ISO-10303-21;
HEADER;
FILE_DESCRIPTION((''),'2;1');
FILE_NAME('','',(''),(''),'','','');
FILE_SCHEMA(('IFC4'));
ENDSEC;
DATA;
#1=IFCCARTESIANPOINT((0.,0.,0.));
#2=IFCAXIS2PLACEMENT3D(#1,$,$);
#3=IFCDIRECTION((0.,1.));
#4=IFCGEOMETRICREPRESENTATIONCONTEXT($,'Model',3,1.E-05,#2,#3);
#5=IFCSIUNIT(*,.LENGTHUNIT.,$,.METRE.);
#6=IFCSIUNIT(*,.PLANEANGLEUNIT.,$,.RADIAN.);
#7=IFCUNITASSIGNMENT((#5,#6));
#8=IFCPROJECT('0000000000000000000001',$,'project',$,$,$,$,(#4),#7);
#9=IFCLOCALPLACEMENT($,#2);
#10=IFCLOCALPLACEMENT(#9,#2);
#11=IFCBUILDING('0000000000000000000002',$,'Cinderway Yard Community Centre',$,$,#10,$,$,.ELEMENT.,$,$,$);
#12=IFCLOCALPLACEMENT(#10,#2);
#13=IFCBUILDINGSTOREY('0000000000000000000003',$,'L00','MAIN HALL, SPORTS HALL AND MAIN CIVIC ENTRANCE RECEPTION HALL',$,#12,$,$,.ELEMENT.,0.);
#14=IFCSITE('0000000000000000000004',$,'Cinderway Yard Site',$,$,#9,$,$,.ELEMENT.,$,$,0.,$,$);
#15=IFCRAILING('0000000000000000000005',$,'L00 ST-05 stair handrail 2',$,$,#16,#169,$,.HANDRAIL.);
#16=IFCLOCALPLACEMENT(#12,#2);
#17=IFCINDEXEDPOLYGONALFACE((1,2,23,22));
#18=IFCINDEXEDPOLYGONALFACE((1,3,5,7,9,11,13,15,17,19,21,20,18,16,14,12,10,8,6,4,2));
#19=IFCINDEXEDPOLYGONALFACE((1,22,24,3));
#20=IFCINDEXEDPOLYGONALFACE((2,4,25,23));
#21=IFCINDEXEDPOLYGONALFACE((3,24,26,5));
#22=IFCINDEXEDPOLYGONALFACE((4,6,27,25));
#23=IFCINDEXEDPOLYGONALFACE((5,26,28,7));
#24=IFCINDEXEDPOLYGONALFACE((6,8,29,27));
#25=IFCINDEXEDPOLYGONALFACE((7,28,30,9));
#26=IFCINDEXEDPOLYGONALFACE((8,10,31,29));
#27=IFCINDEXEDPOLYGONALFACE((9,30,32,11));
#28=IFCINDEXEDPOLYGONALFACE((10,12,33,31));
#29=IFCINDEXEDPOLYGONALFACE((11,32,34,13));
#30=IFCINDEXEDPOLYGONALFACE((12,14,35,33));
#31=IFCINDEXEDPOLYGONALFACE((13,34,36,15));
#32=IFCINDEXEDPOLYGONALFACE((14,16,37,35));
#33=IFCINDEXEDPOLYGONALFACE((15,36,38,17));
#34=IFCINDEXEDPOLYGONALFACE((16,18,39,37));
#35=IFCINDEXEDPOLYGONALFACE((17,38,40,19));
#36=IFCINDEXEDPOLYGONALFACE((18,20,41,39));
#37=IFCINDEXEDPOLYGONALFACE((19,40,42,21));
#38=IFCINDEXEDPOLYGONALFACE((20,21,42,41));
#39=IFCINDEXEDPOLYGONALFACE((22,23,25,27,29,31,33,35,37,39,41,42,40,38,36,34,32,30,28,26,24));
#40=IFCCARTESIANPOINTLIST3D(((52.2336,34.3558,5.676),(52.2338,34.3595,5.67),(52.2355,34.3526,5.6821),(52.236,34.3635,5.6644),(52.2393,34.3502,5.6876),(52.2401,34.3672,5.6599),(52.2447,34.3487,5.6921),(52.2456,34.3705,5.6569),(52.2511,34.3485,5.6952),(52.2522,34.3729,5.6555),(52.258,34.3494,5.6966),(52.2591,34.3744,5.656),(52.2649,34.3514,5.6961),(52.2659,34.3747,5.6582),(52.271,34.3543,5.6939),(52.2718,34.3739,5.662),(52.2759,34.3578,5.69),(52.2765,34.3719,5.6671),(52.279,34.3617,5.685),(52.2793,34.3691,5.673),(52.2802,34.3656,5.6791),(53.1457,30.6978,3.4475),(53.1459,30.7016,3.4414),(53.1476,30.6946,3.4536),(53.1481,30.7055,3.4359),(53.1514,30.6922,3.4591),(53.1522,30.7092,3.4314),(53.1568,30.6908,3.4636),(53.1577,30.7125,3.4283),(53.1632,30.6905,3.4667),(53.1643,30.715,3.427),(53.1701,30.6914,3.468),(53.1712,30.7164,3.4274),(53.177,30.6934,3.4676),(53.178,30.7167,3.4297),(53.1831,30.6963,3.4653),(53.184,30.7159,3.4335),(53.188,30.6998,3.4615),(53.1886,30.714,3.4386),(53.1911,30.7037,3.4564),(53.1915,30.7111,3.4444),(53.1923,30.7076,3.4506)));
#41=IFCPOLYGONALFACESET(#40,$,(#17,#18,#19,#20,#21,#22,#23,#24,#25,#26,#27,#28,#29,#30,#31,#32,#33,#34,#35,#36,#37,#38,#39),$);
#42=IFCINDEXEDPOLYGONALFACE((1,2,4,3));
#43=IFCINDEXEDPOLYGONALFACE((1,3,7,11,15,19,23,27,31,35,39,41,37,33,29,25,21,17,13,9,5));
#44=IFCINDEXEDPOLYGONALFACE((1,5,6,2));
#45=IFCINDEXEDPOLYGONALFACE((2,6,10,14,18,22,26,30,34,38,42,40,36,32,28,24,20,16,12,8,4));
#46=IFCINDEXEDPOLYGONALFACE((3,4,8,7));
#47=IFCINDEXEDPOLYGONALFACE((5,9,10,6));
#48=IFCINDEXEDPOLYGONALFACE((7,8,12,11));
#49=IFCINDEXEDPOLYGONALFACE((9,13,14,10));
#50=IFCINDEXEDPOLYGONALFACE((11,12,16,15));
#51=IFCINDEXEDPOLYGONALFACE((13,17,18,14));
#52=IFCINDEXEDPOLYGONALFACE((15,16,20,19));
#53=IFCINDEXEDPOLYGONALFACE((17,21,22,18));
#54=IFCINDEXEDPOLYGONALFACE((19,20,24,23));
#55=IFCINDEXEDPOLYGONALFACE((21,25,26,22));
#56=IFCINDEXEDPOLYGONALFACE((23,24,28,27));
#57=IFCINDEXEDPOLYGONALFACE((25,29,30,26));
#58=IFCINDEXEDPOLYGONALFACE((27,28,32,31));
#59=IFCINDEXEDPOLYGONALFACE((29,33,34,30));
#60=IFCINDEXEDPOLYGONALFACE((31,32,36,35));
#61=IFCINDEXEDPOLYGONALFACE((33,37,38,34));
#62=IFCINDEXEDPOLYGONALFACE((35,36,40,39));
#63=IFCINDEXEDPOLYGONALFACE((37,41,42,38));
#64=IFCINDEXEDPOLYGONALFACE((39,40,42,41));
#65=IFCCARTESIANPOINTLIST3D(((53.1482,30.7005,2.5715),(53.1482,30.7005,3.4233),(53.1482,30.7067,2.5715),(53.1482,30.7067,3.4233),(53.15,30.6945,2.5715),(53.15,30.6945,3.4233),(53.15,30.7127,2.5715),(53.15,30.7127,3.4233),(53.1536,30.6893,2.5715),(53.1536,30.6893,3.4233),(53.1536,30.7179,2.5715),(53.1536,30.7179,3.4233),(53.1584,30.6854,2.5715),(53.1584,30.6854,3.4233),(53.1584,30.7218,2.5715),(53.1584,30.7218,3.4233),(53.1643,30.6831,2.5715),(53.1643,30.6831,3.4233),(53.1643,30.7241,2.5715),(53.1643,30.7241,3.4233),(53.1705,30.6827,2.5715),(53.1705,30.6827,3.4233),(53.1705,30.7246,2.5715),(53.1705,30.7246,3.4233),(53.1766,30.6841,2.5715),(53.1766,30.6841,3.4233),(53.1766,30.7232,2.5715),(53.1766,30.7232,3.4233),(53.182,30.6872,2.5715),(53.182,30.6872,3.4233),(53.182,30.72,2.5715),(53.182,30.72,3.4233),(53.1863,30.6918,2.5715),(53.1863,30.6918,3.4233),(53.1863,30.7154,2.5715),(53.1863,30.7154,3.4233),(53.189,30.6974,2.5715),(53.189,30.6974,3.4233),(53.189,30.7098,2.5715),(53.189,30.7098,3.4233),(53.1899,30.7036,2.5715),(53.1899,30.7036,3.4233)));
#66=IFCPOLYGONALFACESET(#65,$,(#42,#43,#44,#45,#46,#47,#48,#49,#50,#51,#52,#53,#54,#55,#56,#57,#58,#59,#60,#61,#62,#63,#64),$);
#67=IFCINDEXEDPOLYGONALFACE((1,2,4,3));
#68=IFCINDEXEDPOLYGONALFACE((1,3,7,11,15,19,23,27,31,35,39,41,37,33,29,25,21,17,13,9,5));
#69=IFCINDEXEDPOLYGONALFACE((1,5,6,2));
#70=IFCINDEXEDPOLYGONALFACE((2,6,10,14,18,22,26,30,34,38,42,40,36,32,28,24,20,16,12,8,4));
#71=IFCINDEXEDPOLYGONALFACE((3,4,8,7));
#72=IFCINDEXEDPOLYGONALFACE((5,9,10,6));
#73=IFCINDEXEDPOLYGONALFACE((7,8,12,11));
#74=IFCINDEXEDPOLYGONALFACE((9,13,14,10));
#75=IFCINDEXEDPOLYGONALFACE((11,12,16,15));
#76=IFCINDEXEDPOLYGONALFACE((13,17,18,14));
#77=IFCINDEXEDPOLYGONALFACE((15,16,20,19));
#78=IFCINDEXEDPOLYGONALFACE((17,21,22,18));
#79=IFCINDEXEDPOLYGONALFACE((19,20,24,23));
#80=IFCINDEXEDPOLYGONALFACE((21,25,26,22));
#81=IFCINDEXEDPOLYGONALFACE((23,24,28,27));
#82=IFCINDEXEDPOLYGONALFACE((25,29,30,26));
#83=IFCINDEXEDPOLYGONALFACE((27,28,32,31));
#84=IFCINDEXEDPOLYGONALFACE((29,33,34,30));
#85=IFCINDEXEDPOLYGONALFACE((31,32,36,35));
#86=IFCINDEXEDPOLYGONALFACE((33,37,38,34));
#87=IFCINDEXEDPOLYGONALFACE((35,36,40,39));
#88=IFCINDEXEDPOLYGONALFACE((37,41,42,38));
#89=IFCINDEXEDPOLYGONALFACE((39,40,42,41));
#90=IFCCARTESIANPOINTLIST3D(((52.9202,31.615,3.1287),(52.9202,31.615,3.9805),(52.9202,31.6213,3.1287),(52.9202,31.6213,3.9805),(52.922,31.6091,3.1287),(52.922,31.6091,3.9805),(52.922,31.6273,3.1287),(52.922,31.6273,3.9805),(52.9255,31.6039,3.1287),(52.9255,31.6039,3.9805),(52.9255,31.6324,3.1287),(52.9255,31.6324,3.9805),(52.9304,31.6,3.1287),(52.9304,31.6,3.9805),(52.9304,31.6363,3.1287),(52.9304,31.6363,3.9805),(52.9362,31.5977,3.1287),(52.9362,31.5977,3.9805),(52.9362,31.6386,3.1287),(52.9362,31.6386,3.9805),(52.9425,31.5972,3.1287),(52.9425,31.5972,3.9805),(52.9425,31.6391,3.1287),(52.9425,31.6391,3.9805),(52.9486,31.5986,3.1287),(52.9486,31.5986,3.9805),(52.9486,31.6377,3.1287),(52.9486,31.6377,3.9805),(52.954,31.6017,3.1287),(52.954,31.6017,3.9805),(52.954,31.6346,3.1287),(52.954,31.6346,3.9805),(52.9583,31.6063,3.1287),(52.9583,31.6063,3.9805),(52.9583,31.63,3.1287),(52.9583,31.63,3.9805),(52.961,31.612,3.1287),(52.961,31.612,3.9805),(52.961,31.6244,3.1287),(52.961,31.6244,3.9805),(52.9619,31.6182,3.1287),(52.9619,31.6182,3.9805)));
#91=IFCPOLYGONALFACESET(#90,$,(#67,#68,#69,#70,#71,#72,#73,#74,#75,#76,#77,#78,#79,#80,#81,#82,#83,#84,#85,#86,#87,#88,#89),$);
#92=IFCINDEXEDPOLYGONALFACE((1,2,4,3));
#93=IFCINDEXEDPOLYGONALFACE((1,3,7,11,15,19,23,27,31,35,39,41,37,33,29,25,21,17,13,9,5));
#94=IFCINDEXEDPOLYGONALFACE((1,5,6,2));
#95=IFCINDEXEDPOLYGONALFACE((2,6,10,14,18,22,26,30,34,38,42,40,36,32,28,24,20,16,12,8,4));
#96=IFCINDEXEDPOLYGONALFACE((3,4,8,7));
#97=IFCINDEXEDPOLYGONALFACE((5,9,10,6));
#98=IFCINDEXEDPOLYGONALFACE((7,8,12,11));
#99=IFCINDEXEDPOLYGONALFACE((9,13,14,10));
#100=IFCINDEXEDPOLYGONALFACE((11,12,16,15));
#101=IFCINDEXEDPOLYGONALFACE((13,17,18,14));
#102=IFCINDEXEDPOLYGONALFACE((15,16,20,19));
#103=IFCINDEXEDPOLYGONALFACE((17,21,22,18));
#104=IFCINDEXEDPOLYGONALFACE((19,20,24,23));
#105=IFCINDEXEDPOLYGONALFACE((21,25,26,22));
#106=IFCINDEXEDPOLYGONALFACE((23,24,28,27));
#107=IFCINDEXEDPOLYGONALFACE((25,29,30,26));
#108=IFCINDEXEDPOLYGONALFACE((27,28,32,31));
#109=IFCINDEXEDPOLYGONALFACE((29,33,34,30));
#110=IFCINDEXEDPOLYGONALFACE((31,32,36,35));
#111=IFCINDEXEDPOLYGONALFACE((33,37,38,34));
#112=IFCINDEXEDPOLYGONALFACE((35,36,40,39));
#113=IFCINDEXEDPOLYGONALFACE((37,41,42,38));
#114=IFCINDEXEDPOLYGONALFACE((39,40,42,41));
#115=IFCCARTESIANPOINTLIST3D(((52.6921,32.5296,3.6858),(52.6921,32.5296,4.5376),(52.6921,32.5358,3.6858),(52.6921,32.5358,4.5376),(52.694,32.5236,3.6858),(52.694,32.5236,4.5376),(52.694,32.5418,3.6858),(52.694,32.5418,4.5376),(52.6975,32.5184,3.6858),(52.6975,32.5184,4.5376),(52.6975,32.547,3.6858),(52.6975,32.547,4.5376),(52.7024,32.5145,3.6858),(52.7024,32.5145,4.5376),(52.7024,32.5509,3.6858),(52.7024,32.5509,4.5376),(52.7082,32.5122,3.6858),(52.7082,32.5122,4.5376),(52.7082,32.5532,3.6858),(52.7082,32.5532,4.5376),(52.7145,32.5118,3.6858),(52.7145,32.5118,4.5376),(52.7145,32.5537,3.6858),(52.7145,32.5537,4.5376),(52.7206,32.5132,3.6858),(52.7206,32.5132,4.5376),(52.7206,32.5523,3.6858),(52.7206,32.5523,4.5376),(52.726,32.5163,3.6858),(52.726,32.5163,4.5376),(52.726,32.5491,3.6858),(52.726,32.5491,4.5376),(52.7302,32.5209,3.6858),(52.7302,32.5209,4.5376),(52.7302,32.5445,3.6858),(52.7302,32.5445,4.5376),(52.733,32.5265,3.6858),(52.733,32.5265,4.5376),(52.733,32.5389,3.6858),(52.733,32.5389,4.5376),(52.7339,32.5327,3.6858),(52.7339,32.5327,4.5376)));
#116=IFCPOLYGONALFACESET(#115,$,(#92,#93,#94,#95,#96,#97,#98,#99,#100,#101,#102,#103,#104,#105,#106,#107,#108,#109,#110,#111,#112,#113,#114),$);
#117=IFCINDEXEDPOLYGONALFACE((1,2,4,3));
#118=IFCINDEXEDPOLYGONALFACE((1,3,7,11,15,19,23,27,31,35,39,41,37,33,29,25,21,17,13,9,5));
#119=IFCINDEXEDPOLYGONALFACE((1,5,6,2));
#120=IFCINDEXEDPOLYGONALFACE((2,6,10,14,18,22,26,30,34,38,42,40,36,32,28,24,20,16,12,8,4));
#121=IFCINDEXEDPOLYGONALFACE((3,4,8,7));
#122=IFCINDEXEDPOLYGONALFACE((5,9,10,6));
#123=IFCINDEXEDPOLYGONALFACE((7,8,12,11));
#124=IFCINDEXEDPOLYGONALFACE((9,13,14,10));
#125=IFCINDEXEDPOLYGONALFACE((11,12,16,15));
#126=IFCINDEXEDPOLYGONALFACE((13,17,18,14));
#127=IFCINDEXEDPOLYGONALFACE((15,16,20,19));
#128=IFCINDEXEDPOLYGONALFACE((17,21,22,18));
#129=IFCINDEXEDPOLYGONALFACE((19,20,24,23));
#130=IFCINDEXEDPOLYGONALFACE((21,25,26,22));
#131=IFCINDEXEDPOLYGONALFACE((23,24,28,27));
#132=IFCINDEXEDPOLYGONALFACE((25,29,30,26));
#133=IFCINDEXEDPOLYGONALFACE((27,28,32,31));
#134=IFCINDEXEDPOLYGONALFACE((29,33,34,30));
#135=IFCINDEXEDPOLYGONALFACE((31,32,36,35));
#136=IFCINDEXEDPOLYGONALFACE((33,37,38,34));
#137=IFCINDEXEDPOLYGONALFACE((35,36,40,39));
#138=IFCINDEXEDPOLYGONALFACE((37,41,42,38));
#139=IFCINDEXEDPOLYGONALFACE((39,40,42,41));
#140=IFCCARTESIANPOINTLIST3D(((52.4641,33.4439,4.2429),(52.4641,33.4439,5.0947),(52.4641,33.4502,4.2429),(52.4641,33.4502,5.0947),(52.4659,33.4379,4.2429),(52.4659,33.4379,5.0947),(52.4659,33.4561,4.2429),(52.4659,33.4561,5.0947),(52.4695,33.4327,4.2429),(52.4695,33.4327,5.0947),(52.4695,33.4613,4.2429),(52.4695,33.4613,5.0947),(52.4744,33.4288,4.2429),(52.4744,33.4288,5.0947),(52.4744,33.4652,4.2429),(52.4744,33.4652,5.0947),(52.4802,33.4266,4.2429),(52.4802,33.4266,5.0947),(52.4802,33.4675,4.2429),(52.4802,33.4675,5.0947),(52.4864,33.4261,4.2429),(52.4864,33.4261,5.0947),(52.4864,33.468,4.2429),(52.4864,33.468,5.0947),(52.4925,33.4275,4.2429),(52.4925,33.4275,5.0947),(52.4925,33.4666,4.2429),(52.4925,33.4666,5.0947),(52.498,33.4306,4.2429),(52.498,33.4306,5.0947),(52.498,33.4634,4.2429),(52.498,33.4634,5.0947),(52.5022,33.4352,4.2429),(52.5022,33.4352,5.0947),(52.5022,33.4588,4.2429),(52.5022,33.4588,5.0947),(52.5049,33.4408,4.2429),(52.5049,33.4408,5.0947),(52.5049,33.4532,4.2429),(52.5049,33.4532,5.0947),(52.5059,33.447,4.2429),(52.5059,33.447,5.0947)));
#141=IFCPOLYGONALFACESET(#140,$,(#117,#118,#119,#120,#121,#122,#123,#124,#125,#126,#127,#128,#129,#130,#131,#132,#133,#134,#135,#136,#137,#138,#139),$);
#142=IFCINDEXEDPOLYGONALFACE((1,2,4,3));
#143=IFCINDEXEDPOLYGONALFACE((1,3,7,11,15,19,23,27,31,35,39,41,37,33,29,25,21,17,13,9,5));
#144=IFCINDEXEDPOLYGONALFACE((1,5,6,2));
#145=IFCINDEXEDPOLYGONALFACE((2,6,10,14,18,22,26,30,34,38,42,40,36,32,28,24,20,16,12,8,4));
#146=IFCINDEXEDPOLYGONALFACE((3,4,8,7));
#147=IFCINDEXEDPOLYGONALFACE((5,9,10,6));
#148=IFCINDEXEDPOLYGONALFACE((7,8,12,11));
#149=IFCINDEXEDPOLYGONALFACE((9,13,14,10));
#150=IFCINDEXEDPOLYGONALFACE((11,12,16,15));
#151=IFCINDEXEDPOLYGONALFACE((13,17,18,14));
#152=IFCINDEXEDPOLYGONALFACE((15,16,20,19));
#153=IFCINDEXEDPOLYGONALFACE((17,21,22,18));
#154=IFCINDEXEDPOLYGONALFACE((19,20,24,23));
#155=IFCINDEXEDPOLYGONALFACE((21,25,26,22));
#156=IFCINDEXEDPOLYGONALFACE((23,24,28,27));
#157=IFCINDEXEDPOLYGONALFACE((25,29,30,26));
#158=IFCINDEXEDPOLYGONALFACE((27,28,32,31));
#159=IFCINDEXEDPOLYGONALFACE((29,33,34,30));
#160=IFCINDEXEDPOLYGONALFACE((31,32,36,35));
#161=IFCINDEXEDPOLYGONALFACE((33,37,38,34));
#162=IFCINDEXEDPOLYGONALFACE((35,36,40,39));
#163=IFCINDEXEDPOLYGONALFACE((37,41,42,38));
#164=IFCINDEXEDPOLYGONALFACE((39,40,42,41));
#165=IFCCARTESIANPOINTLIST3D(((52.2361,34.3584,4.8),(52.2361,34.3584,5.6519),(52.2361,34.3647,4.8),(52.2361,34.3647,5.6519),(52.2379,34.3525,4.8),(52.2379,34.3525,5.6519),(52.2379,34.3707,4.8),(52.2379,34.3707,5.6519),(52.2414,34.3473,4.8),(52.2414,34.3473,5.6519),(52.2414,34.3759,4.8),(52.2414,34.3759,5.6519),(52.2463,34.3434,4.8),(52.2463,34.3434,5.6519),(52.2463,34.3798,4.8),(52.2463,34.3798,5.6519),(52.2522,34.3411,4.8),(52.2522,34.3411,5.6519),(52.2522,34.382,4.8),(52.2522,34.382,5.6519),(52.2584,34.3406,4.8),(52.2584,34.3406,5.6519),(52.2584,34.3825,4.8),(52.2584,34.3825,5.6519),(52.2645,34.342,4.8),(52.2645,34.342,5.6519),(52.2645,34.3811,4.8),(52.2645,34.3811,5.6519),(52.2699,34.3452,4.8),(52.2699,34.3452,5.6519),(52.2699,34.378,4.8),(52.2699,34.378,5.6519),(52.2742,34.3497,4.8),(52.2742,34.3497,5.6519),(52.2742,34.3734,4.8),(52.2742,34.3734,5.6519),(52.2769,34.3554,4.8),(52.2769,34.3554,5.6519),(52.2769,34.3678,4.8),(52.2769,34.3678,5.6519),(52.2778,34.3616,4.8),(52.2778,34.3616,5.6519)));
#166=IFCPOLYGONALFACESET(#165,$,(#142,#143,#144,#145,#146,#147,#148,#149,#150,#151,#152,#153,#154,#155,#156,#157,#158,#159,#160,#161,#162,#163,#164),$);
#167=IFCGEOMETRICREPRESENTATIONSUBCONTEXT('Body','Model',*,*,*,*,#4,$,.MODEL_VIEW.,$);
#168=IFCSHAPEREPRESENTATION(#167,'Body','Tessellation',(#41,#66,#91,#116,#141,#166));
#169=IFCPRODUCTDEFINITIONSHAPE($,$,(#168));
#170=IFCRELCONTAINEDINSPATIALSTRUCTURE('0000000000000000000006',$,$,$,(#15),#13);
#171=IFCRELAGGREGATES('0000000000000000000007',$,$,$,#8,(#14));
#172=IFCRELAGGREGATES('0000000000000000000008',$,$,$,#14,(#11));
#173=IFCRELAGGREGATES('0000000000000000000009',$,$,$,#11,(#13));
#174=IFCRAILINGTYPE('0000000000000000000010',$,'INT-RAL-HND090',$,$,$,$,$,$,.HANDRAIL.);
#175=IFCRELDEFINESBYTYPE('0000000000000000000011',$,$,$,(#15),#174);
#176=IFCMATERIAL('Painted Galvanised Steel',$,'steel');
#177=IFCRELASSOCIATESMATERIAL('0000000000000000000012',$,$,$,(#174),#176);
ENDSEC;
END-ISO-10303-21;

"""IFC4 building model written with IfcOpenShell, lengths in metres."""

from ifc_helpers import new_model, si_unit, direction, frame, origin, origin_2d, place, context, subcontext, project, spatial, circle, extrude, material, type_object, element, save


model = new_model("IFC4")

# Units and contexts
model_context = context("Model", 3, precision=1e-05, world=origin(), true_north=direction((0.0, 1.0)))
body_context = subcontext(model_context, "Body", "Model", "MODEL_VIEW")
ifc_project = project(units=[si_unit("LENGTHUNIT", "METRE"), si_unit("PLANEANGLEUNIT", "RADIAN")], contexts=[model_context])

# Site, building, storey
site_placement = place(None, origin())
site = spatial("IfcSite", under=ifc_project, at=site_placement, Name="Cinderway Yard Site", CompositionType="ELEMENT", RefElevation=0.0)
building_placement = place(site_placement, origin())
building = spatial("IfcBuilding", under=site, at=building_placement, Name="Cinderway Yard Community Centre", CompositionType="ELEMENT")
storey_placement = place(building_placement, origin())
storey = spatial("IfcBuildingStorey", under=building, at=storey_placement, Name="L00", Description="MAIN HALL, SPORTS HALL AND MAIN CIVIC ENTRANCE RECEPTION HALL", CompositionType="ELEMENT", Elevation=0.0)

# Railing
ifc_material_1 = material(Name="Painted Galvanised Steel", Category="steel")
railing_type_1 = type_object("IfcRailingType", Name="INT-RAL-HND090", PredefinedType="HANDRAIL", material=ifc_material_1)
railing_1_placement = place(storey_placement, frame((53.1689, 30.7036, 2.5715)))
element("IfcRailing", 1, at=railing_1_placement, inside=storey, type_object=railing_type_1, Name="L00 ST-05 stair handrail 2", PredefinedType="HANDRAIL", context=body_context, shape_type="SweptSolid", body=[
    extrude(circle(Radius=0.0239, at=origin_2d()), frame((0.0, 0.0, 0.876), z_axis=(-0.208274, 0.83527, 0.508867), x_axis=(-0.970291, -0.241941, 0.0)), (0.0, 0.0, 1.0), 4.3794),
    extrude(circle(Radius=0.021, at=origin_2d()), origin(), (0.0, 0.0, 1.0), 0.8518),
    extrude(circle(Radius=0.021, at=origin_2d()), frame((-0.228, 0.9146, 0.5571)), (0.0, 0.0, 1.0), 0.8518),
    extrude(circle(Radius=0.021, at=origin_2d()), frame((-0.4561, 1.8291, 1.1143)), (0.0, 0.0, 1.0), 0.8518),
    extrude(circle(Radius=0.021, at=origin_2d()), frame((-0.6841, 2.7434, 1.6714)), (0.0, 0.0, 1.0), 0.8518),
    extrude(circle(Radius=0.021, at=origin_2d()), frame((-0.9121, 3.658, 2.2285)), (0.0, 0.0, 1.0), 0.8518),
])

save(model, "model.ifc")
